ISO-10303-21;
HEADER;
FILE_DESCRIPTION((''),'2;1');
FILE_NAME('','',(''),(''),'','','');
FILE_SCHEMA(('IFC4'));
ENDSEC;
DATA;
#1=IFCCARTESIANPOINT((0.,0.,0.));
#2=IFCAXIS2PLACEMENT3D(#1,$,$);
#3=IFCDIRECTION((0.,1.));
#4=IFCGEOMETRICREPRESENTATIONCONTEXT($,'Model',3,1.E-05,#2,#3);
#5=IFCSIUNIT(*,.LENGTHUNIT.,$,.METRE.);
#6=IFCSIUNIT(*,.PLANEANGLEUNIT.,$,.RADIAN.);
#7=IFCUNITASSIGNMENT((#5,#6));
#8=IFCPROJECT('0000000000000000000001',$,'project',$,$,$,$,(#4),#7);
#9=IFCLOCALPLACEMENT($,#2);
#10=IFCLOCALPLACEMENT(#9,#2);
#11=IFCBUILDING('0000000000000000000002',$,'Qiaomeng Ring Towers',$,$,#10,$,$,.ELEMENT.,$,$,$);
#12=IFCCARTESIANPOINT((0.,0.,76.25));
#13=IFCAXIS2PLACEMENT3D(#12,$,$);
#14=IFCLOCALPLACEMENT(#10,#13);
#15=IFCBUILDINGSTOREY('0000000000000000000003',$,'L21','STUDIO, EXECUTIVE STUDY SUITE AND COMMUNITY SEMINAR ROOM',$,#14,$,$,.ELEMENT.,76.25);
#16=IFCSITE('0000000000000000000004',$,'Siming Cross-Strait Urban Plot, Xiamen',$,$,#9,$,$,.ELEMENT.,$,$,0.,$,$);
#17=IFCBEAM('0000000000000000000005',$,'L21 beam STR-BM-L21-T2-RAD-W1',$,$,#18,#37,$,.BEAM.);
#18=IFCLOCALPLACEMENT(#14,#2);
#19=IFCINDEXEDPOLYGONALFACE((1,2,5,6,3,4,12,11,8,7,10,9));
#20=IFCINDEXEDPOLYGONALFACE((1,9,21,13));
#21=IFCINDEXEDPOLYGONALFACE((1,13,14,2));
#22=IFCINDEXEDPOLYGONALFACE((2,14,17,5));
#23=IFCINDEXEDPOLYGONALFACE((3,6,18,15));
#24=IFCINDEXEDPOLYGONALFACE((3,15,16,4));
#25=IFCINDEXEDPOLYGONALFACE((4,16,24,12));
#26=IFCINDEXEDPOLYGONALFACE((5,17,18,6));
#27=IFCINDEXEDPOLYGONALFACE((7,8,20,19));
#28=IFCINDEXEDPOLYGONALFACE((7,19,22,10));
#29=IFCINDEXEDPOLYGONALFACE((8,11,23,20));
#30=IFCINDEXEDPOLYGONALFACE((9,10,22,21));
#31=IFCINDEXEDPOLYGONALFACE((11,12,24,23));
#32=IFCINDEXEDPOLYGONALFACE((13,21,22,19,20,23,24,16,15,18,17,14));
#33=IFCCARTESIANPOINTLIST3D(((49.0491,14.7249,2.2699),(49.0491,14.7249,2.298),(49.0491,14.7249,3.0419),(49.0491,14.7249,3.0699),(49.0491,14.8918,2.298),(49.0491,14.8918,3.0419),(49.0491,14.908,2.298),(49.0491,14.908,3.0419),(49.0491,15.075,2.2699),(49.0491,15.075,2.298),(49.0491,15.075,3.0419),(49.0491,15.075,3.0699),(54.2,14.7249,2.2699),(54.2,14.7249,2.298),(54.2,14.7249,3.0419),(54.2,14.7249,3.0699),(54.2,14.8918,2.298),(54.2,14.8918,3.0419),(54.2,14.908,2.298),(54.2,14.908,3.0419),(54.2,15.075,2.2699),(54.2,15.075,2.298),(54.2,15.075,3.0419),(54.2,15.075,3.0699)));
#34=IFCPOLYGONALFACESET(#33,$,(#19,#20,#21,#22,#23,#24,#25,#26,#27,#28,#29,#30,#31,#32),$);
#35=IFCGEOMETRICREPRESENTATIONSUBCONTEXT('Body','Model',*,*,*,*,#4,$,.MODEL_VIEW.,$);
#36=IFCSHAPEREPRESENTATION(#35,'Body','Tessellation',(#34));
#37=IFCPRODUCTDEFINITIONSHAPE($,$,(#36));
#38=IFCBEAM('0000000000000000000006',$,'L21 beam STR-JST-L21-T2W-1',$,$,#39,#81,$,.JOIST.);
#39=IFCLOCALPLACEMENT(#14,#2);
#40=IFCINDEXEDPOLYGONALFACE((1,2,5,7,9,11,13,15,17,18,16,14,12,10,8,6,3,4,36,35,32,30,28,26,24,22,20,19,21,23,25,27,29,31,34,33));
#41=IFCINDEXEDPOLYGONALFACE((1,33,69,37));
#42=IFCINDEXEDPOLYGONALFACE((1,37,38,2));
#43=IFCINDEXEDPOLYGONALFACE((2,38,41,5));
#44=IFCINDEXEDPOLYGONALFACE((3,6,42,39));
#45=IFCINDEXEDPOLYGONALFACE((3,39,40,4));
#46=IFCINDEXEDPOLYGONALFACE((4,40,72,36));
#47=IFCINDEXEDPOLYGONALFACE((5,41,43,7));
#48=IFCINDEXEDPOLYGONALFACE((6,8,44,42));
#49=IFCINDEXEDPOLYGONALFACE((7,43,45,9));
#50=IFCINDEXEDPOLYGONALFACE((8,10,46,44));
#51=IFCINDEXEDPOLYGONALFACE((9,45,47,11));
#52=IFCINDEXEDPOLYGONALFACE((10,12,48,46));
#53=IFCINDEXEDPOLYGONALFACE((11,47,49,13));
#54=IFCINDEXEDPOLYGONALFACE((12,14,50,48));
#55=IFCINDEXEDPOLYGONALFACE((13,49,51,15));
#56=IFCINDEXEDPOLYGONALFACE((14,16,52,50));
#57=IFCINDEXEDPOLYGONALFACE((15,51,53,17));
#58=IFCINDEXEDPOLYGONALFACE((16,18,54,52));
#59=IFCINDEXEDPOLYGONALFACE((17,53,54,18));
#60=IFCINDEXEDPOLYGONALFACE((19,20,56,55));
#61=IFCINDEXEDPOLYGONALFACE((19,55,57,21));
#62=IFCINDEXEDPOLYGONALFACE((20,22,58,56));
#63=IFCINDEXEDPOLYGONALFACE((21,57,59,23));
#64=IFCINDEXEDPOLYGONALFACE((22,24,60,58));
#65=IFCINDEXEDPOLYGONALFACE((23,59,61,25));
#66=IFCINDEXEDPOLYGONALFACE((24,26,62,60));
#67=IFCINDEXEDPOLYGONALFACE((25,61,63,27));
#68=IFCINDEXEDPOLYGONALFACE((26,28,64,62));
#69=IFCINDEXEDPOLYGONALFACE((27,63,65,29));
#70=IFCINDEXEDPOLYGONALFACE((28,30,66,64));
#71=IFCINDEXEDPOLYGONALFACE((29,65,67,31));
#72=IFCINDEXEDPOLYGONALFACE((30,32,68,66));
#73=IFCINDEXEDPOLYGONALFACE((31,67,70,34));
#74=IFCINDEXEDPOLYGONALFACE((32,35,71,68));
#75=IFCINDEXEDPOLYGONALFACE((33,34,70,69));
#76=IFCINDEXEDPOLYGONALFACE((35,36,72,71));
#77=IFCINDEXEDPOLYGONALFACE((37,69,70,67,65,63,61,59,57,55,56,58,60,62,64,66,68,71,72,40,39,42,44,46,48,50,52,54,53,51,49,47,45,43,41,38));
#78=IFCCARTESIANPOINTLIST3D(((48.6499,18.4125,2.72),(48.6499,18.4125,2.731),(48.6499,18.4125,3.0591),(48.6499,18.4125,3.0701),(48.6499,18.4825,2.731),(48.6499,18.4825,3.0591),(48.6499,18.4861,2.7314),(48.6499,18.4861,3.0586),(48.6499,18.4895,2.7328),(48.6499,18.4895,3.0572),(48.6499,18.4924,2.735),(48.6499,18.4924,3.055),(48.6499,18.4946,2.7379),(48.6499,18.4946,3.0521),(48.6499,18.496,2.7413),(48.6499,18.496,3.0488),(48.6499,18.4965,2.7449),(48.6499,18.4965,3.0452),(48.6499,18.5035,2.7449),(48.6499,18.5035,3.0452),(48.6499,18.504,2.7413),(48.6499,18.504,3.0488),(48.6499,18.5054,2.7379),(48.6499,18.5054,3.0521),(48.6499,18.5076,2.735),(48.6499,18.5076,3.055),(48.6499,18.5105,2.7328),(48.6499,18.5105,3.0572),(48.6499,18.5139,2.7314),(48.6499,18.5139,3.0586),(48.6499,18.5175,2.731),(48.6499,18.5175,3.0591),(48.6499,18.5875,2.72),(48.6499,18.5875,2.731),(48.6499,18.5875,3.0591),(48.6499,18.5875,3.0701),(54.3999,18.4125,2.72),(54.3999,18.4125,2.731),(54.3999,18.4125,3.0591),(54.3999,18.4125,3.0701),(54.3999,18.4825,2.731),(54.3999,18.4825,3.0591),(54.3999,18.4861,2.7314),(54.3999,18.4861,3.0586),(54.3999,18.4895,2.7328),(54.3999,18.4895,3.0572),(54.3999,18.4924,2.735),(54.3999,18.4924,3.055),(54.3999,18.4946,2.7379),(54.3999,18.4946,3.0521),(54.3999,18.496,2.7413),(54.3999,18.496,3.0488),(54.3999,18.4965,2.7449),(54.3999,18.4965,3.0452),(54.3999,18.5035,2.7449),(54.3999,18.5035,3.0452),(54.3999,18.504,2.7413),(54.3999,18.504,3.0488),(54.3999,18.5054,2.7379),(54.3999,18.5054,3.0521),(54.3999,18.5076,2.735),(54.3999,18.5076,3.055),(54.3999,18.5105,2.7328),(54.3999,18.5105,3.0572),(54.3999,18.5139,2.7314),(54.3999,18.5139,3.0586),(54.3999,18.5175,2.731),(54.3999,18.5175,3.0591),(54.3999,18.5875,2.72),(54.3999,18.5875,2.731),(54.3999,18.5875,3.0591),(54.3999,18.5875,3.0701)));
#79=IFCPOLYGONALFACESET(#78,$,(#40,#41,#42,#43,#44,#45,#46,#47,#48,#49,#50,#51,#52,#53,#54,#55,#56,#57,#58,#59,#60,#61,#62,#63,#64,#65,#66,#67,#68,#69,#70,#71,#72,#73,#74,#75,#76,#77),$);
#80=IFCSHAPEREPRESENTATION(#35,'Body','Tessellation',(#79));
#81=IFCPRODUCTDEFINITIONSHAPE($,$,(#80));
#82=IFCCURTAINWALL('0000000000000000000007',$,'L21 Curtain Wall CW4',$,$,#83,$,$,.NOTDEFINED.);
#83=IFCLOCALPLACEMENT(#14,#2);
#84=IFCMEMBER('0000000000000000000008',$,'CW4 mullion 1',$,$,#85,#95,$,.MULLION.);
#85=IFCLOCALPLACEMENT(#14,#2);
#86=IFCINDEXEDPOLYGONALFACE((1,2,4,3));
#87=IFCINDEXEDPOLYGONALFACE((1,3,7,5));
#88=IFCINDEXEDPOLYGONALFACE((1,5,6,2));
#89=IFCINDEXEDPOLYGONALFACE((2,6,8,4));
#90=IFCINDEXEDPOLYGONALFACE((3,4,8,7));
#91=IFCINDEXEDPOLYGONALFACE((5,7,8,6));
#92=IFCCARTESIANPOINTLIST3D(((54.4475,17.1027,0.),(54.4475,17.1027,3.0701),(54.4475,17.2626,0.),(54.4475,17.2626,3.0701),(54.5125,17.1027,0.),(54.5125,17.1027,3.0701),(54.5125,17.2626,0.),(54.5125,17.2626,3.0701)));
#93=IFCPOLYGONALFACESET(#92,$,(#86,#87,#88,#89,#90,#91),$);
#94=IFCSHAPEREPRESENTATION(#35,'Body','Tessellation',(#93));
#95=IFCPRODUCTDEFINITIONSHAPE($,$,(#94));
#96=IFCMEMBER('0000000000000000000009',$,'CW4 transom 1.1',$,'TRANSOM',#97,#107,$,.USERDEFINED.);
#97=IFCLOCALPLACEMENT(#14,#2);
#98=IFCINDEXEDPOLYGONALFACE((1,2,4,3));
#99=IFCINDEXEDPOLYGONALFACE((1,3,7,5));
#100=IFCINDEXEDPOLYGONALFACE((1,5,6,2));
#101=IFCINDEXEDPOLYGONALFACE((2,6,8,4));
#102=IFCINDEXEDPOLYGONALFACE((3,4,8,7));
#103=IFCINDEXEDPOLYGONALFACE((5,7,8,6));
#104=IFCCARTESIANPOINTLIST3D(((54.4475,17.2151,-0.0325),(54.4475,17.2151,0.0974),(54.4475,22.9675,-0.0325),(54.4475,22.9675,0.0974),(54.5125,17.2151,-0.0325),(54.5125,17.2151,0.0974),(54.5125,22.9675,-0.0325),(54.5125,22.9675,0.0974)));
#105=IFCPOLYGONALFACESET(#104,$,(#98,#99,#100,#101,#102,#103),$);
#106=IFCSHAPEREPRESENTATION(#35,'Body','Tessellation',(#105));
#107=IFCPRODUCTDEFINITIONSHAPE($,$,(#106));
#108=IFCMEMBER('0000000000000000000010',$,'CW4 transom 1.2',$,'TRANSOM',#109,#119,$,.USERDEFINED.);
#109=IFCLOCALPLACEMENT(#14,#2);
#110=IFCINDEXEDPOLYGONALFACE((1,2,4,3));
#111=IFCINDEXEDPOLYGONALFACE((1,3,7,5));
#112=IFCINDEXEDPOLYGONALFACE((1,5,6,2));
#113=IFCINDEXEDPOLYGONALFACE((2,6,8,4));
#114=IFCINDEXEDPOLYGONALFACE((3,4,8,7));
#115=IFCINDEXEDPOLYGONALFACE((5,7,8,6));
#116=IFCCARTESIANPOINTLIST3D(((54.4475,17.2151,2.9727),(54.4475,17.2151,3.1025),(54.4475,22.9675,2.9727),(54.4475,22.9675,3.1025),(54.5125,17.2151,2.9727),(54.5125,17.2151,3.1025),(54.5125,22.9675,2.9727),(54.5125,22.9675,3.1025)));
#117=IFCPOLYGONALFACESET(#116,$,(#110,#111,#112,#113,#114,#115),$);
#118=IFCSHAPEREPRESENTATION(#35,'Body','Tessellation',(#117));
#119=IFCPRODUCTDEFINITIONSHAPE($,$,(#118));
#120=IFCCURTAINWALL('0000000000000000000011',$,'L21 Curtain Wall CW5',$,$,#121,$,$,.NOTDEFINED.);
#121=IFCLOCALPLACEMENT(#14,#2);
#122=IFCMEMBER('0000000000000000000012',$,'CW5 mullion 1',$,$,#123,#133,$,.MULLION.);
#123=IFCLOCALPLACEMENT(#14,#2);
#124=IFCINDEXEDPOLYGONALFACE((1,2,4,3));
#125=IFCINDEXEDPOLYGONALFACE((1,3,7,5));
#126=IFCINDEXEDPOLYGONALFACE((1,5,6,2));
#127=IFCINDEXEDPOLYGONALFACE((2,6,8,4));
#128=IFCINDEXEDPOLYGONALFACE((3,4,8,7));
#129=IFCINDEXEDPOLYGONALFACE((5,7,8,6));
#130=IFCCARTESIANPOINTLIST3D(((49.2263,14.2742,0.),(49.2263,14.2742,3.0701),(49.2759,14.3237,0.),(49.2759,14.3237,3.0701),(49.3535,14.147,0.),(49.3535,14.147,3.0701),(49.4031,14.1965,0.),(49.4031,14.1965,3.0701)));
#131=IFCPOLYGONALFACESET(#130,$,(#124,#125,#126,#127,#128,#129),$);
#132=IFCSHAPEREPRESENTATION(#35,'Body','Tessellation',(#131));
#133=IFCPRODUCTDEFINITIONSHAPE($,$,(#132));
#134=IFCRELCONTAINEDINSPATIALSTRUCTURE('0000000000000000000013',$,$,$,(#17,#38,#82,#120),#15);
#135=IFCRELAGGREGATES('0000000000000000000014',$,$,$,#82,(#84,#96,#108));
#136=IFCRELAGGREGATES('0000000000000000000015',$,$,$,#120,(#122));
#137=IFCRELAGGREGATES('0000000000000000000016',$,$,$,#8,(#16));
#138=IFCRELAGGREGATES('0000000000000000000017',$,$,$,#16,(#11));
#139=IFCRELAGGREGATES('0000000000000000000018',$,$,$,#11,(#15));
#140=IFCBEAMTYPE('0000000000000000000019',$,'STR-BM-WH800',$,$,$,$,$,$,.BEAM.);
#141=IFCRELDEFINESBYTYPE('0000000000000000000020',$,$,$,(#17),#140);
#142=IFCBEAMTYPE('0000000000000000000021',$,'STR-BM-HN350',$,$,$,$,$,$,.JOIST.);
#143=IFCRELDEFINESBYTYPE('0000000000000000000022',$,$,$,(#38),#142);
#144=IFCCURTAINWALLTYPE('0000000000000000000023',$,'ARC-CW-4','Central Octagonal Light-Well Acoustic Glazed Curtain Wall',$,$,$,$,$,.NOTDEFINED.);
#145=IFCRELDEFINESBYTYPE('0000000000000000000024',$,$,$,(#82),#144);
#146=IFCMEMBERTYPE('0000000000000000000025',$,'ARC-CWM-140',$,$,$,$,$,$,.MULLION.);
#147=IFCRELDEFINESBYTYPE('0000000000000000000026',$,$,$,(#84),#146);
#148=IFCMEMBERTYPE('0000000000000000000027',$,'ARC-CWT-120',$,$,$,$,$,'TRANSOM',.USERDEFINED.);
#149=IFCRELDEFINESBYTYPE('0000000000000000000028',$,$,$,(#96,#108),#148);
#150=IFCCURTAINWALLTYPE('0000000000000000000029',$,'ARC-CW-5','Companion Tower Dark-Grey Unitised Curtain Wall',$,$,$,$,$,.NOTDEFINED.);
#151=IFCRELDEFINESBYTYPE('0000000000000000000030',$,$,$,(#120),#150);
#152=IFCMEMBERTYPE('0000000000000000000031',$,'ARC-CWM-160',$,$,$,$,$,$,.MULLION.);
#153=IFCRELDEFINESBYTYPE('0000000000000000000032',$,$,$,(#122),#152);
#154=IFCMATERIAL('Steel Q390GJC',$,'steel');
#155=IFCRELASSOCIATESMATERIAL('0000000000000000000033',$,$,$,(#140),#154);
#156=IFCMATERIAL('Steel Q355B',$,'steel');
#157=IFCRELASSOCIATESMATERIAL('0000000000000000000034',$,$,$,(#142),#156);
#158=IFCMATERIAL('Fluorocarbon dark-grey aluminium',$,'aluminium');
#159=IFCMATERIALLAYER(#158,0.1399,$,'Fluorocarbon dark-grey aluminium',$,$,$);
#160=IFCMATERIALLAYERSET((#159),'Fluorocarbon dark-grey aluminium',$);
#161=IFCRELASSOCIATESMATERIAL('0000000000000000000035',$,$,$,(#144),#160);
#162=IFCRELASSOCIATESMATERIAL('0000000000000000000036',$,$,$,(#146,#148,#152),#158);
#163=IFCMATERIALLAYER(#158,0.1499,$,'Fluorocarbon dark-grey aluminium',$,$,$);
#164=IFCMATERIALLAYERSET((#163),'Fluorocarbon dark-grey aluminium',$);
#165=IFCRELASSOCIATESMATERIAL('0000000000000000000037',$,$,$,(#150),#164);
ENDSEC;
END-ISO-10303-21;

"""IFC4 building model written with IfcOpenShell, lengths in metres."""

from ifc_helpers import new_model, si_unit, direction, frame, origin, origin_2d, place, context, subcontext, project, spatial, rectangle, i_section, extrude, source, transform, mapped, material, layer, layer_set, material_profile, profile_set, type_object, element, aggregate, save


model = new_model("IFC4")

# Units and contexts
model_context = context("Model", 3, precision=1e-05, world=origin(), true_north=direction((0.0, 1.0)))
body_context = subcontext(model_context, "Body", "Model", "MODEL_VIEW")
ifc_project = project(units=[si_unit("LENGTHUNIT", "METRE"), si_unit("PLANEANGLEUNIT", "RADIAN")], contexts=[model_context])

# Site, building, storey
site_placement = place(None, origin())
site = spatial("IfcSite", under=ifc_project, at=site_placement, Name="Siming Cross-Strait Urban Plot, Xiamen", CompositionType="ELEMENT", RefElevation=0.0)
building_placement = place(site_placement, origin())
building = spatial("IfcBuilding", under=site, at=building_placement, Name="Qiaomeng Ring Towers", CompositionType="ELEMENT")
storey_placement = place(building_placement, frame((0.0, 0.0, 76.25)))
storey = spatial("IfcBuildingStorey", under=building, at=storey_placement, Name="L21", Description="STUDIO, EXECUTIVE STUDY SUITE AND COMMUNITY SEMINAR ROOM", CompositionType="ELEMENT", Elevation=76.25)

# Beams
ifc_material_1 = material(Name="Steel Q355B", Category="steel")
ifc_material_2 = material(Name="Steel Q390GJC", Category="steel")
ifc_material_profile_1 = material_profile(ifc_material_2, i_section(OverallWidth=0.3501, OverallDepth=0.8, WebThickness=0.0161, FlangeThickness=0.0281, at=origin_2d()), Name="WH 800x350x16x28")
ifc_profile_set_1 = profile_set([ifc_material_profile_1], Name="Steel Q390GJC")
beam_type_1 = type_object("IfcBeamType", Name="STR-BM-WH800", PredefinedType="BEAM", material=ifc_profile_set_1)
shared_shape_1 = source(origin(), body_context, "Body", "SweptSolid", [
    extrude(i_section(OverallWidth=0.3501, OverallDepth=0.8, WebThickness=0.0161, FlangeThickness=0.0281, at=origin_2d()), origin(), (0.0, 0.0, 1.0), 5.1509),
])
beam_1_placement = place(storey_placement, frame((49.0491, 14.8999, 2.6699), z_axis=(1.0, 0.0, 0.0), x_axis=(0.0, 1.0, 0.0)))
element("IfcBeam", 1, at=beam_1_placement, inside=storey, type_object=beam_type_1, Name="L21 beam STR-BM-L21-T2-RAD-W1", PredefinedType="BEAM", context=body_context, shape_type="MappedRepresentation", body=[
    mapped(shared_shape_1, transform((0.0, 0.0, 0.0), x_axis=(1.0, 0.0, 0.0), y_axis=(0.0, 1.0, 0.0), z_axis=(0.0, 0.0, 1.0), scale=1.0)),
])
ifc_material_profile_2 = material_profile(ifc_material_1, i_section(OverallWidth=0.175, OverallDepth=0.3501, WebThickness=0.0071, FlangeThickness=0.011, FilletRadius=0.0139, at=origin_2d()), Name="HN 350x175x7x11")
ifc_profile_set_2 = profile_set([ifc_material_profile_2], Name="Steel Q355B")
beam_type_2 = type_object("IfcBeamType", Name="STR-BM-HN350", PredefinedType="JOIST", material=ifc_profile_set_2)
shared_shape_2 = source(origin(), body_context, "Body", "SweptSolid", [
    extrude(i_section(OverallWidth=0.175, OverallDepth=0.3501, WebThickness=0.0071, FlangeThickness=0.011, FilletRadius=0.0139, at=origin_2d()), origin(), (0.0, 0.0, 1.0), 5.75),
])
beam_2_placement = place(storey_placement, frame((48.6499, 18.5, 2.895), z_axis=(1.0, 0.0, 0.0), x_axis=(0.0, 1.0, 0.0)))
element("IfcBeam", 2, at=beam_2_placement, inside=storey, type_object=beam_type_2, Name="L21 beam STR-JST-L21-T2W-1", PredefinedType="JOIST", context=body_context, shape_type="MappedRepresentation", body=[
    mapped(shared_shape_2, transform((0.0, 0.0, 0.0), x_axis=(1.0, 0.0, 0.0), y_axis=(0.0, 1.0, 0.0), z_axis=(0.0, 0.0, 1.0), scale=1.0)),
])

# Curtain wall, members
ifc_material_3 = material(Name="Fluorocarbon dark-grey aluminium", Category="aluminium")
ifc_layer_1 = layer(ifc_material_3, 0.1399, Name="Fluorocarbon dark-grey aluminium")
ifc_layer_set_1 = layer_set([ifc_layer_1], Name="Fluorocarbon dark-grey aluminium")
curtain_wall_type_1 = type_object("IfcCurtainWallType", Name="ARC-CW-4", Description="Central Octagonal Light-Well Acoustic Glazed Curtain Wall", PredefinedType="NOTDEFINED", material=ifc_layer_set_1)
curtain_wall_1_placement = place(storey_placement, origin())
curtain_wall_1 = element("IfcCurtainWall", 3, at=curtain_wall_1_placement, inside=storey, type_object=curtain_wall_type_1, Name="L21 Curtain Wall CW4", PredefinedType="NOTDEFINED")
ifc_material_profile_3 = material_profile(ifc_material_3, rectangle(XDim=0.0649, YDim=0.1599, at=origin_2d()), Name="ALU MULL 65x160")
ifc_profile_set_3 = profile_set([ifc_material_profile_3], Name="Fluorocarbon dark-grey aluminium")
member_type_1 = type_object("IfcMemberType", Name="ARC-CWM-140", PredefinedType="MULLION", material=ifc_profile_set_3)
shared_shape_3 = source(origin(), body_context, "Body", "SweptSolid", [
    extrude(rectangle(XDim=0.0649, YDim=0.1599, at=origin_2d()), origin(), (0.0, 0.0, 1.0), 3.0701),
])
member_1_placement = place(storey_placement, frame((54.48, 17.1826, 0.0), z_axis=(0.0, 0.0, 1.0), x_axis=(-1.0, 0.0, 0.0)))
member_1 = element("IfcMember", 4, at=member_1_placement, type_object=member_type_1, Name="CW4 mullion 1", PredefinedType="MULLION", context=body_context, shape_type="MappedRepresentation", body=[
    mapped(shared_shape_3, transform((0.0, 0.0, 0.0), x_axis=(1.0, 0.0, 0.0), y_axis=(0.0, 1.0, 0.0), z_axis=(0.0, 0.0, 1.0), scale=1.0)),
])
ifc_material_profile_4 = material_profile(ifc_material_3, rectangle(XDim=0.0649, YDim=0.1299, at=origin_2d()), Name="ALU TRAN 65x130")
ifc_profile_set_4 = profile_set([ifc_material_profile_4], Name="Fluorocarbon dark-grey aluminium")
member_type_2 = type_object("IfcMemberType", Name="ARC-CWT-120", ElementType="TRANSOM", PredefinedType="USERDEFINED", material=ifc_profile_set_4)
shared_shape_4 = source(origin(), body_context, "Body", "SweptSolid", [
    extrude(rectangle(XDim=0.0649, YDim=0.1299, at=origin_2d()), origin(), (0.0, 0.0, 1.0), 5.7524),
])
member_2_placement = place(storey_placement, frame((54.48, 17.2151, 0.0325), z_axis=(0.0, 1.0, 0.0), x_axis=(-1.0, 0.0, 0.0)))
member_2 = element("IfcMember", 5, at=member_2_placement, type_object=member_type_2, Name="CW4 transom 1.1", ObjectType="TRANSOM", PredefinedType="USERDEFINED", context=body_context, shape_type="MappedRepresentation", body=[
    mapped(shared_shape_4, transform((0.0, 0.0, 0.0), x_axis=(1.0, 0.0, 0.0), y_axis=(0.0, 1.0, 0.0), z_axis=(0.0, 0.0, 1.0), scale=1.0)),
])
member_3_placement = place(storey_placement, frame((54.48, 17.2151, 3.0376), z_axis=(0.0, 1.0, 0.0), x_axis=(-1.0, 0.0, 0.0)))
member_3 = element("IfcMember", 6, at=member_3_placement, type_object=member_type_2, Name="CW4 transom 1.2", ObjectType="TRANSOM", PredefinedType="USERDEFINED", context=body_context, shape_type="MappedRepresentation", body=[
    mapped(shared_shape_4, transform((0.0, 0.0, 0.0), x_axis=(1.0, 0.0, 0.0), y_axis=(0.0, 1.0, 0.0), z_axis=(0.0, 0.0, 1.0), scale=1.0)),
])
aggregate(curtain_wall_1, [member_1, member_2, member_3])

# Curtain wall, member
ifc_layer_2 = layer(ifc_material_3, 0.1499, Name="Fluorocarbon dark-grey aluminium")
ifc_layer_set_2 = layer_set([ifc_layer_2], Name="Fluorocarbon dark-grey aluminium")
curtain_wall_type_2 = type_object("IfcCurtainWallType", Name="ARC-CW-5", Description="Companion Tower Dark-Grey Unitised Curtain Wall", PredefinedType="NOTDEFINED", material=ifc_layer_set_2)
curtain_wall_2_placement = place(storey_placement, origin())
curtain_wall_2 = element("IfcCurtainWall", 7, at=curtain_wall_2_placement, inside=storey, type_object=curtain_wall_type_2, Name="L21 Curtain Wall CW5", PredefinedType="NOTDEFINED")
ifc_material_profile_5 = material_profile(ifc_material_3, rectangle(XDim=0.0701, YDim=0.1799, at=origin_2d()), Name="ALU MULL 70x180")
ifc_profile_set_5 = profile_set([ifc_material_profile_5], Name="Fluorocarbon dark-grey aluminium")
member_type_3 = type_object("IfcMemberType", Name="ARC-CWM-160", PredefinedType="MULLION", material=ifc_profile_set_5)
shared_shape_5 = source(origin(), body_context, "Body", "SweptSolid", [
    extrude(rectangle(XDim=0.0701, YDim=0.1799, at=origin_2d()), origin(), (0.0, 0.0, 1.0), 3.0701),
])
member_4_placement = place(storey_placement, frame((49.3147, 14.2354, 0.0), z_axis=(0.0, 0.0, 1.0), x_axis=(0.707107, 0.707107, 0.0)))
member_4 = element("IfcMember", 8, at=member_4_placement, type_object=member_type_3, Name="CW5 mullion 1", PredefinedType="MULLION", context=body_context, shape_type="MappedRepresentation", body=[
    mapped(shared_shape_5, transform((0.0, 0.0, 0.0), x_axis=(1.0, 0.0, 0.0), y_axis=(0.0, 1.0, 0.0), z_axis=(0.0, 0.0, 1.0), scale=1.0)),
])
aggregate(curtain_wall_2, [member_4])

save(model, "model.ifc")
